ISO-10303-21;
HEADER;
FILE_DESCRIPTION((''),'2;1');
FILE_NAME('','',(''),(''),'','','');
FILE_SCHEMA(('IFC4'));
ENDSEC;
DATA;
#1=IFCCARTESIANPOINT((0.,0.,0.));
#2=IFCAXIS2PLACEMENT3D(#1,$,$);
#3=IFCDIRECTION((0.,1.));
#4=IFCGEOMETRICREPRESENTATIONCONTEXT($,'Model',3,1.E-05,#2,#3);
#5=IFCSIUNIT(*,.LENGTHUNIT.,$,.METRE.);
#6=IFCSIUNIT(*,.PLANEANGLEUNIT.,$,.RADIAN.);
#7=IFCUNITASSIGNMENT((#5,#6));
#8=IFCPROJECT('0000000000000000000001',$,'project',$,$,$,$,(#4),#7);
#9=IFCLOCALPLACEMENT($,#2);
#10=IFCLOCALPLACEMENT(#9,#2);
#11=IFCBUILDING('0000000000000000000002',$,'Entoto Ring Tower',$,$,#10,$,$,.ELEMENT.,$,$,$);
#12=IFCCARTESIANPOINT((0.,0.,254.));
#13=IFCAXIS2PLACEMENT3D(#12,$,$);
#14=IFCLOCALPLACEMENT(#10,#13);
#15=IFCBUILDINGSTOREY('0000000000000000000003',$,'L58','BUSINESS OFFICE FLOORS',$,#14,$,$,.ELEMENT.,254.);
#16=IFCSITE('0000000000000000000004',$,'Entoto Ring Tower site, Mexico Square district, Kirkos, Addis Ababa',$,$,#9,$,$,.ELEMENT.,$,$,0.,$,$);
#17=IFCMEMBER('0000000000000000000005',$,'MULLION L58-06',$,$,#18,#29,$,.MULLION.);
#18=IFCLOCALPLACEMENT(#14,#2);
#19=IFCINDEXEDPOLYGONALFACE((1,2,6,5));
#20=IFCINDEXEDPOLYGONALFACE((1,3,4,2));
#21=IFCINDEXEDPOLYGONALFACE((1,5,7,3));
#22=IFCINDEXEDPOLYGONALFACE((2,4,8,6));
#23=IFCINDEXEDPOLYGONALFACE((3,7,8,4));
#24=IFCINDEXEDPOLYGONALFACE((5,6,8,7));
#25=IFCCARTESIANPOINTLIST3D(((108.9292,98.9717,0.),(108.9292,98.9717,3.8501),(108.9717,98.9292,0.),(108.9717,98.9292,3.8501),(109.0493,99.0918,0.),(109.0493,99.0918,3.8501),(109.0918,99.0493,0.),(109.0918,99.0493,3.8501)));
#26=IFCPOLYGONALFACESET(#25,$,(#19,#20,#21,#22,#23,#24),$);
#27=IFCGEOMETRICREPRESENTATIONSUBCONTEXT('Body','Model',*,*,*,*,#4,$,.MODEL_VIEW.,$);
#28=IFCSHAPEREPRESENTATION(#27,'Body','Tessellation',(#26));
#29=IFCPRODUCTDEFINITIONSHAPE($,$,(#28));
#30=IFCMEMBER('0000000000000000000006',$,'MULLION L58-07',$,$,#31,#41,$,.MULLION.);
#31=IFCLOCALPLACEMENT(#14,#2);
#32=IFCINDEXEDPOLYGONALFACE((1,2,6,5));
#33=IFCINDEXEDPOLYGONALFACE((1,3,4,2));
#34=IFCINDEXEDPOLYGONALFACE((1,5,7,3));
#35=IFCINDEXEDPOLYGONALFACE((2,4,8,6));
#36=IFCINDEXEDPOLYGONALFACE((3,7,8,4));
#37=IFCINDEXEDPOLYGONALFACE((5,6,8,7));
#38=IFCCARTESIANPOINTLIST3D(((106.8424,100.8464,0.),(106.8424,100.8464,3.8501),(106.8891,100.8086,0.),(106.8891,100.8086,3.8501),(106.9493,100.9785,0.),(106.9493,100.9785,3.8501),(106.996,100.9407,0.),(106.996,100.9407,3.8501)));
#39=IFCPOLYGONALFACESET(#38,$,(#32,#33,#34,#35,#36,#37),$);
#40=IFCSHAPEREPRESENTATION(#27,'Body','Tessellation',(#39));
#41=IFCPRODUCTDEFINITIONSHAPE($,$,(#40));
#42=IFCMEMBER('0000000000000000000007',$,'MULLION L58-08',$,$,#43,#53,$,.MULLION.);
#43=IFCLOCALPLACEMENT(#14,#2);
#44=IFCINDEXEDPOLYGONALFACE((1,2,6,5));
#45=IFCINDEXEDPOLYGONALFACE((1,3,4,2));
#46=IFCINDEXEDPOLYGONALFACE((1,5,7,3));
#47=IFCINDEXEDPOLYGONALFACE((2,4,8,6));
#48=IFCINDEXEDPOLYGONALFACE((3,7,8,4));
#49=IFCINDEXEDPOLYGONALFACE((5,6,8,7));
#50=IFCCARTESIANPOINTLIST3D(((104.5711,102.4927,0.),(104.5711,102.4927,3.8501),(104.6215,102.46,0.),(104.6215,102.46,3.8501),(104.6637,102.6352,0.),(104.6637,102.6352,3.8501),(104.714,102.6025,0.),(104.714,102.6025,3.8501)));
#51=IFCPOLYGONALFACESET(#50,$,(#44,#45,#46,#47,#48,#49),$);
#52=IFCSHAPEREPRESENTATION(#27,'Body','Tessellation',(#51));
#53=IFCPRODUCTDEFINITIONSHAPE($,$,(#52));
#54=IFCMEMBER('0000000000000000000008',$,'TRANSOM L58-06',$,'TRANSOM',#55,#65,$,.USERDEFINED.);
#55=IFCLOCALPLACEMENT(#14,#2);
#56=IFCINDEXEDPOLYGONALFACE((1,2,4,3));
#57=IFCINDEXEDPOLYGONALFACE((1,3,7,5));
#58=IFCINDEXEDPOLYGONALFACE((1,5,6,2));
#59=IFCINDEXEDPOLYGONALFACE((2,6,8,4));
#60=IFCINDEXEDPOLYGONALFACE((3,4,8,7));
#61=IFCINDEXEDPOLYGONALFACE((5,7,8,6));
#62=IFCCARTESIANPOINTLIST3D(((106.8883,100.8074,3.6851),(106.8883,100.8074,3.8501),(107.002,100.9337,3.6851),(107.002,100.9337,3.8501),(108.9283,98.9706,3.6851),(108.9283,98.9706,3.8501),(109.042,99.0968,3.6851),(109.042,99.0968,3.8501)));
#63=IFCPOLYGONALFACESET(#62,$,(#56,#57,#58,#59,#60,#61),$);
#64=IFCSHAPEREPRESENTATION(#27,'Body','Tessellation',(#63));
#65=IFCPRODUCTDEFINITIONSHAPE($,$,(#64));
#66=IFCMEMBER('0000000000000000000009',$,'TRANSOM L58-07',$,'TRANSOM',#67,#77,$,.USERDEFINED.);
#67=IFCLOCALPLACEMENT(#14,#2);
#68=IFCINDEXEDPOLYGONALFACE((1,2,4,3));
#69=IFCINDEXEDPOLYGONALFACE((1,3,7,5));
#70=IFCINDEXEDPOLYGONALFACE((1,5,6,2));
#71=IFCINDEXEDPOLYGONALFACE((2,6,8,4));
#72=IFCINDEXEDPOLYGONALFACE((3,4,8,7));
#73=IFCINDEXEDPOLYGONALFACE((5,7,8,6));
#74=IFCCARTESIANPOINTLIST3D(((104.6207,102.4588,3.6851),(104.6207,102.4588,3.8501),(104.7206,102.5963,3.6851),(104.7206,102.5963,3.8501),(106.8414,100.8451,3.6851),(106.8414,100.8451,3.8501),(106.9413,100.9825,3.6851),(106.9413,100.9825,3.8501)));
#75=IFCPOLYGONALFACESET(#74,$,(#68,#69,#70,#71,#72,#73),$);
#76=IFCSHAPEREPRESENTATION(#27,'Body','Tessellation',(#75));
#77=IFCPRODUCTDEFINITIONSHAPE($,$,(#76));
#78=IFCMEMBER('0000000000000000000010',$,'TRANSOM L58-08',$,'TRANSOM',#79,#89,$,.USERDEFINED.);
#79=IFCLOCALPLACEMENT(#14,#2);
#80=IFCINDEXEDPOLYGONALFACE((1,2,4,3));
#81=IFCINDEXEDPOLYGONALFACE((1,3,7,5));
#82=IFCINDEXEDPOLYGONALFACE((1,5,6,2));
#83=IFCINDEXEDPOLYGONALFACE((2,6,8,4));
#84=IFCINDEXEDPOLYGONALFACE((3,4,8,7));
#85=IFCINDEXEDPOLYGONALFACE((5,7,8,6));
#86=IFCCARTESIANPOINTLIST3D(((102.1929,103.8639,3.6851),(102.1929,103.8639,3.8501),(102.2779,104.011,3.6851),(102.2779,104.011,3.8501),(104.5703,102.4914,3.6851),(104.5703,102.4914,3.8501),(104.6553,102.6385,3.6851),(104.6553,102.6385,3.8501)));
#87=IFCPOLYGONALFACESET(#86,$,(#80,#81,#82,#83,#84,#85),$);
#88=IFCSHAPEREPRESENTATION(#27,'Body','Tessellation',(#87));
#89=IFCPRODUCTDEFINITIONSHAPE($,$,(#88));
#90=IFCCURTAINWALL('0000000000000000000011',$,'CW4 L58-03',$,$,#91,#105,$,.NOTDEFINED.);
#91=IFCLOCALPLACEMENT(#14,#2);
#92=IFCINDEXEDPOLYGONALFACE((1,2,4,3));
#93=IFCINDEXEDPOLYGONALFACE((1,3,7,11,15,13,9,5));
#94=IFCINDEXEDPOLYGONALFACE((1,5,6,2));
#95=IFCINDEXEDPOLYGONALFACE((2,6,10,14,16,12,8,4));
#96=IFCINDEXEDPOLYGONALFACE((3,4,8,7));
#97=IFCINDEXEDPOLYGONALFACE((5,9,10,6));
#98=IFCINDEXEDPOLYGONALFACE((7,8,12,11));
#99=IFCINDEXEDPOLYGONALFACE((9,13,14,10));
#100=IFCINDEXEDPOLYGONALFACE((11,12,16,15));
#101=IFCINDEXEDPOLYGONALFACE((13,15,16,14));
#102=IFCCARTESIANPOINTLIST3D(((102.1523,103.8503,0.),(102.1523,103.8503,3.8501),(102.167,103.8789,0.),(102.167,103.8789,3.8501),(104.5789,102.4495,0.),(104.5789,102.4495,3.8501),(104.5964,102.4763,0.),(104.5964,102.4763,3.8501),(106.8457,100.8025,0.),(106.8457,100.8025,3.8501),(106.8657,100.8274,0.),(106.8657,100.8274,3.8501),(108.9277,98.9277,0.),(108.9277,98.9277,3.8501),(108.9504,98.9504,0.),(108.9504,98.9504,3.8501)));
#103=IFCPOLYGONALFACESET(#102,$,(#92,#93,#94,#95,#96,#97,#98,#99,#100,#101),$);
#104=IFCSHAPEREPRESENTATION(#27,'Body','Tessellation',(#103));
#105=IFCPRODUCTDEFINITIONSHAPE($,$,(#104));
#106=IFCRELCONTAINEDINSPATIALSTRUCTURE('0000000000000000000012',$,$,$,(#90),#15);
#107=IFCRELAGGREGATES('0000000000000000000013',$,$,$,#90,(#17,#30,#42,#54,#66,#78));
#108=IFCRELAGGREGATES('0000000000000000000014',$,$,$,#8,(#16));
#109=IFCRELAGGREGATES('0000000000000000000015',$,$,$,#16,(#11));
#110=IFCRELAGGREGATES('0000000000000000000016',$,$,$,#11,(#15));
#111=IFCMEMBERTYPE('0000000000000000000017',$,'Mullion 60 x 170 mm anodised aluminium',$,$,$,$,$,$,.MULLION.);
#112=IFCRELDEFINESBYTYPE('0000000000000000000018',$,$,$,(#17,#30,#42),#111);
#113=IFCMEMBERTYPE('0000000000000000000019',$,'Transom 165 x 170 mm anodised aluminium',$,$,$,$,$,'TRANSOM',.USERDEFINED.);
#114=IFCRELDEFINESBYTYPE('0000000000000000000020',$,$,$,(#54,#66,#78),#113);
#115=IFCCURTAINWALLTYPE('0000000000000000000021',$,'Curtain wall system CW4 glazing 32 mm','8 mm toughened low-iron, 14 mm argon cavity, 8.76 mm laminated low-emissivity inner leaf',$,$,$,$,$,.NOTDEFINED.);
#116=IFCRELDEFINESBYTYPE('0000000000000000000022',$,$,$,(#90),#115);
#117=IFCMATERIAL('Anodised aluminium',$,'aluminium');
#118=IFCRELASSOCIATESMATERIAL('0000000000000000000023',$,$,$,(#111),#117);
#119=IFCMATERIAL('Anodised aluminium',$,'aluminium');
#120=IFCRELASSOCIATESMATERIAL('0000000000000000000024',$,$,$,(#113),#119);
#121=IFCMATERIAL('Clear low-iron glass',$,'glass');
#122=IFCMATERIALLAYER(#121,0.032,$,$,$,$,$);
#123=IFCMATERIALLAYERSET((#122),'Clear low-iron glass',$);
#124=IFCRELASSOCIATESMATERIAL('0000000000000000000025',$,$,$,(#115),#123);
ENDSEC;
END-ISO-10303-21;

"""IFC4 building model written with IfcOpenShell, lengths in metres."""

from ifc_helpers import new_model, si_unit, direction, frame, origin, origin_2d, place, context, subcontext, project, spatial, polyline, rectangle, outline, extrude, material, layer, layer_set, material_profile, profile_set, type_object, element, aggregate, save


model = new_model("IFC4")

# Units and contexts
model_context = context("Model", 3, precision=1e-05, world=origin(), true_north=direction((0.0, 1.0)))
body_context = subcontext(model_context, "Body", "Model", "MODEL_VIEW")
ifc_project = project(units=[si_unit("LENGTHUNIT", "METRE"), si_unit("PLANEANGLEUNIT", "RADIAN")], contexts=[model_context])

# Members
ifc_material_1 = material(Name="Anodised aluminium", Category="aluminium")
ifc_material_profile_1 = material_profile(ifc_material_1, rectangle(XDim=0.0601, YDim=0.1699, at=origin_2d()), Name="Mullion 60 x 170 mm anodised aluminium")
ifc_profile_set_1 = profile_set([ifc_material_profile_1], Name="Anodised aluminium")
member_type_1 = type_object("IfcMemberType", Name="Mullion 60 x 170 mm anodised aluminium", PredefinedType="MULLION", material=ifc_profile_set_1)
site_placement = place(None, origin())
building_placement = place(site_placement, origin())
storey_placement = place(building_placement, frame((0.0, 0.0, 254.0)))
member_1_placement = place(storey_placement, frame((109.0105, 99.0105, 0.0), z_axis=(0.0, 0.0, 1.0), x_axis=(-0.707107, 0.707107, 0.0)))
member_1 = element("IfcMember", 1, at=member_1_placement, type_object=member_type_1, Name="MULLION L58-06", PredefinedType="MULLION", context=body_context, shape_type="SweptSolid", body=[
    extrude(rectangle(XDim=0.0601, YDim=0.1699, at=origin_2d()), origin(), (0.0, 0.0, 1.0), 3.8501),
])
member_2_placement = place(storey_placement, frame((106.9192, 100.8936, 0.0), z_axis=(0.0, 0.0, 1.0), x_axis=(-0.777146, 0.62932, 0.0)))
member_2 = element("IfcMember", 2, at=member_2_placement, type_object=member_type_1, Name="MULLION L58-07", PredefinedType="MULLION", context=body_context, shape_type="SweptSolid", body=[
    extrude(rectangle(XDim=0.0601, YDim=0.1699, at=origin_2d()), origin(), (0.0, 0.0, 1.0), 3.8501),
])
member_3_placement = place(storey_placement, frame((104.6426, 102.5476, 0.0), z_axis=(0.0, 0.0, 1.0), x_axis=(-0.838671, 0.544639, 0.0)))
member_3 = element("IfcMember", 3, at=member_3_placement, type_object=member_type_1, Name="MULLION L58-08", PredefinedType="MULLION", context=body_context, shape_type="SweptSolid", body=[
    extrude(rectangle(XDim=0.0601, YDim=0.1699, at=origin_2d()), origin(), (0.0, 0.0, 1.0), 3.8501),
])
ifc_material_2 = material(Name="Anodised aluminium", Category="aluminium")
ifc_material_profile_2 = material_profile(ifc_material_2, rectangle(XDim=0.1699, YDim=0.165, at=origin_2d()), Name="Transom 165 x 170 mm anodised aluminium")
ifc_profile_set_2 = profile_set([ifc_material_profile_2], Name="Anodised aluminium")
member_type_2 = type_object("IfcMemberType", Name="Transom 165 x 170 mm anodised aluminium", ElementType="TRANSOM", PredefinedType="USERDEFINED", material=ifc_profile_set_2)
member_4_placement = place(storey_placement, frame((108.9851, 99.0337, 3.7676), z_axis=(-0.743135, 0.669142, 0.0), x_axis=(-0.669142, -0.743135, 0.0)))
member_4 = element("IfcMember", 4, at=member_4_placement, type_object=member_type_2, Name="TRANSOM L58-06", ObjectType="TRANSOM", PredefinedType="USERDEFINED", context=body_context, shape_type="SweptSolid", body=[
    extrude(rectangle(XDim=0.1699, YDim=0.165, at=origin_2d()), origin(), (0.0, 0.0, 1.0), 2.7451),
])
member_5_placement = place(storey_placement, frame((106.8914, 100.9138, 3.7676), z_axis=(-0.808959, 0.587865, 0.0), x_axis=(-0.587865, -0.808959, 0.0)))
member_5 = element("IfcMember", 5, at=member_5_placement, type_object=member_type_2, Name="TRANSOM L58-07", ObjectType="TRANSOM", PredefinedType="USERDEFINED", context=body_context, shape_type="SweptSolid", body=[
    extrude(rectangle(XDim=0.1699, YDim=0.165, at=origin_2d()), origin(), (0.0, 0.0, 1.0), 2.7451),
])
member_6_placement = place(storey_placement, frame((104.6128, 102.5649, 3.7676), z_axis=(-0.866035, 0.499984, 0.0), x_axis=(-0.499984, -0.866035, 0.0)))
member_6 = element("IfcMember", 6, at=member_6_placement, type_object=member_type_2, Name="TRANSOM L58-08", ObjectType="TRANSOM", PredefinedType="USERDEFINED", context=body_context, shape_type="SweptSolid", body=[
    extrude(rectangle(XDim=0.1699, YDim=0.165, at=origin_2d()), origin(), (0.0, 0.0, 1.0), 2.7451),
])

# Site, building, storey
site = spatial("IfcSite", under=ifc_project, at=site_placement, Name="Entoto Ring Tower site, Mexico Square district, Kirkos, Addis Ababa", CompositionType="ELEMENT", RefElevation=0.0)
building = spatial("IfcBuilding", under=site, at=building_placement, Name="Entoto Ring Tower", CompositionType="ELEMENT")
storey = spatial("IfcBuildingStorey", under=building, at=storey_placement, Name="L58", Description="BUSINESS OFFICE FLOORS", CompositionType="ELEMENT", Elevation=254.0)

# Curtain wall
ifc_material_3 = material(Name="Clear low-iron glass", Category="glass")
ifc_layer_1 = layer(ifc_material_3, 0.032)
ifc_layer_set_1 = layer_set([ifc_layer_1], Name="Clear low-iron glass")
curtain_wall_type = type_object("IfcCurtainWallType", Name="Curtain wall system CW4 glazing 32 mm", Description="8 mm toughened low-iron, 14 mm argon cavity, 8.76 mm laminated low-emissivity inner leaf", PredefinedType="NOTDEFINED", material=ifc_layer_set_1)
curtain_wall_1_placement = place(storey_placement, origin())
curtain_wall_1 = element("IfcCurtainWall", 7, at=curtain_wall_1_placement, inside=storey, type_object=curtain_wall_type, Name="CW4 L58-03", PredefinedType="NOTDEFINED", context=body_context, shape_type="SweptSolid", body=[
    extrude(outline(polyline([(108.9504, 98.9504), (106.8657, 100.8274), (104.5964, 102.4763), (102.167, 103.8789), (102.1523, 103.8503), (104.5789, 102.4495), (106.8457, 100.8025), (108.9277, 98.9277), (108.9504, 98.9504)])), origin(), (0.0, 0.0, 1.0), 3.8501),
])
aggregate(curtain_wall_1, [member_1, member_2, member_3, member_4, member_5, member_6])

save(model, "model.ifc")
